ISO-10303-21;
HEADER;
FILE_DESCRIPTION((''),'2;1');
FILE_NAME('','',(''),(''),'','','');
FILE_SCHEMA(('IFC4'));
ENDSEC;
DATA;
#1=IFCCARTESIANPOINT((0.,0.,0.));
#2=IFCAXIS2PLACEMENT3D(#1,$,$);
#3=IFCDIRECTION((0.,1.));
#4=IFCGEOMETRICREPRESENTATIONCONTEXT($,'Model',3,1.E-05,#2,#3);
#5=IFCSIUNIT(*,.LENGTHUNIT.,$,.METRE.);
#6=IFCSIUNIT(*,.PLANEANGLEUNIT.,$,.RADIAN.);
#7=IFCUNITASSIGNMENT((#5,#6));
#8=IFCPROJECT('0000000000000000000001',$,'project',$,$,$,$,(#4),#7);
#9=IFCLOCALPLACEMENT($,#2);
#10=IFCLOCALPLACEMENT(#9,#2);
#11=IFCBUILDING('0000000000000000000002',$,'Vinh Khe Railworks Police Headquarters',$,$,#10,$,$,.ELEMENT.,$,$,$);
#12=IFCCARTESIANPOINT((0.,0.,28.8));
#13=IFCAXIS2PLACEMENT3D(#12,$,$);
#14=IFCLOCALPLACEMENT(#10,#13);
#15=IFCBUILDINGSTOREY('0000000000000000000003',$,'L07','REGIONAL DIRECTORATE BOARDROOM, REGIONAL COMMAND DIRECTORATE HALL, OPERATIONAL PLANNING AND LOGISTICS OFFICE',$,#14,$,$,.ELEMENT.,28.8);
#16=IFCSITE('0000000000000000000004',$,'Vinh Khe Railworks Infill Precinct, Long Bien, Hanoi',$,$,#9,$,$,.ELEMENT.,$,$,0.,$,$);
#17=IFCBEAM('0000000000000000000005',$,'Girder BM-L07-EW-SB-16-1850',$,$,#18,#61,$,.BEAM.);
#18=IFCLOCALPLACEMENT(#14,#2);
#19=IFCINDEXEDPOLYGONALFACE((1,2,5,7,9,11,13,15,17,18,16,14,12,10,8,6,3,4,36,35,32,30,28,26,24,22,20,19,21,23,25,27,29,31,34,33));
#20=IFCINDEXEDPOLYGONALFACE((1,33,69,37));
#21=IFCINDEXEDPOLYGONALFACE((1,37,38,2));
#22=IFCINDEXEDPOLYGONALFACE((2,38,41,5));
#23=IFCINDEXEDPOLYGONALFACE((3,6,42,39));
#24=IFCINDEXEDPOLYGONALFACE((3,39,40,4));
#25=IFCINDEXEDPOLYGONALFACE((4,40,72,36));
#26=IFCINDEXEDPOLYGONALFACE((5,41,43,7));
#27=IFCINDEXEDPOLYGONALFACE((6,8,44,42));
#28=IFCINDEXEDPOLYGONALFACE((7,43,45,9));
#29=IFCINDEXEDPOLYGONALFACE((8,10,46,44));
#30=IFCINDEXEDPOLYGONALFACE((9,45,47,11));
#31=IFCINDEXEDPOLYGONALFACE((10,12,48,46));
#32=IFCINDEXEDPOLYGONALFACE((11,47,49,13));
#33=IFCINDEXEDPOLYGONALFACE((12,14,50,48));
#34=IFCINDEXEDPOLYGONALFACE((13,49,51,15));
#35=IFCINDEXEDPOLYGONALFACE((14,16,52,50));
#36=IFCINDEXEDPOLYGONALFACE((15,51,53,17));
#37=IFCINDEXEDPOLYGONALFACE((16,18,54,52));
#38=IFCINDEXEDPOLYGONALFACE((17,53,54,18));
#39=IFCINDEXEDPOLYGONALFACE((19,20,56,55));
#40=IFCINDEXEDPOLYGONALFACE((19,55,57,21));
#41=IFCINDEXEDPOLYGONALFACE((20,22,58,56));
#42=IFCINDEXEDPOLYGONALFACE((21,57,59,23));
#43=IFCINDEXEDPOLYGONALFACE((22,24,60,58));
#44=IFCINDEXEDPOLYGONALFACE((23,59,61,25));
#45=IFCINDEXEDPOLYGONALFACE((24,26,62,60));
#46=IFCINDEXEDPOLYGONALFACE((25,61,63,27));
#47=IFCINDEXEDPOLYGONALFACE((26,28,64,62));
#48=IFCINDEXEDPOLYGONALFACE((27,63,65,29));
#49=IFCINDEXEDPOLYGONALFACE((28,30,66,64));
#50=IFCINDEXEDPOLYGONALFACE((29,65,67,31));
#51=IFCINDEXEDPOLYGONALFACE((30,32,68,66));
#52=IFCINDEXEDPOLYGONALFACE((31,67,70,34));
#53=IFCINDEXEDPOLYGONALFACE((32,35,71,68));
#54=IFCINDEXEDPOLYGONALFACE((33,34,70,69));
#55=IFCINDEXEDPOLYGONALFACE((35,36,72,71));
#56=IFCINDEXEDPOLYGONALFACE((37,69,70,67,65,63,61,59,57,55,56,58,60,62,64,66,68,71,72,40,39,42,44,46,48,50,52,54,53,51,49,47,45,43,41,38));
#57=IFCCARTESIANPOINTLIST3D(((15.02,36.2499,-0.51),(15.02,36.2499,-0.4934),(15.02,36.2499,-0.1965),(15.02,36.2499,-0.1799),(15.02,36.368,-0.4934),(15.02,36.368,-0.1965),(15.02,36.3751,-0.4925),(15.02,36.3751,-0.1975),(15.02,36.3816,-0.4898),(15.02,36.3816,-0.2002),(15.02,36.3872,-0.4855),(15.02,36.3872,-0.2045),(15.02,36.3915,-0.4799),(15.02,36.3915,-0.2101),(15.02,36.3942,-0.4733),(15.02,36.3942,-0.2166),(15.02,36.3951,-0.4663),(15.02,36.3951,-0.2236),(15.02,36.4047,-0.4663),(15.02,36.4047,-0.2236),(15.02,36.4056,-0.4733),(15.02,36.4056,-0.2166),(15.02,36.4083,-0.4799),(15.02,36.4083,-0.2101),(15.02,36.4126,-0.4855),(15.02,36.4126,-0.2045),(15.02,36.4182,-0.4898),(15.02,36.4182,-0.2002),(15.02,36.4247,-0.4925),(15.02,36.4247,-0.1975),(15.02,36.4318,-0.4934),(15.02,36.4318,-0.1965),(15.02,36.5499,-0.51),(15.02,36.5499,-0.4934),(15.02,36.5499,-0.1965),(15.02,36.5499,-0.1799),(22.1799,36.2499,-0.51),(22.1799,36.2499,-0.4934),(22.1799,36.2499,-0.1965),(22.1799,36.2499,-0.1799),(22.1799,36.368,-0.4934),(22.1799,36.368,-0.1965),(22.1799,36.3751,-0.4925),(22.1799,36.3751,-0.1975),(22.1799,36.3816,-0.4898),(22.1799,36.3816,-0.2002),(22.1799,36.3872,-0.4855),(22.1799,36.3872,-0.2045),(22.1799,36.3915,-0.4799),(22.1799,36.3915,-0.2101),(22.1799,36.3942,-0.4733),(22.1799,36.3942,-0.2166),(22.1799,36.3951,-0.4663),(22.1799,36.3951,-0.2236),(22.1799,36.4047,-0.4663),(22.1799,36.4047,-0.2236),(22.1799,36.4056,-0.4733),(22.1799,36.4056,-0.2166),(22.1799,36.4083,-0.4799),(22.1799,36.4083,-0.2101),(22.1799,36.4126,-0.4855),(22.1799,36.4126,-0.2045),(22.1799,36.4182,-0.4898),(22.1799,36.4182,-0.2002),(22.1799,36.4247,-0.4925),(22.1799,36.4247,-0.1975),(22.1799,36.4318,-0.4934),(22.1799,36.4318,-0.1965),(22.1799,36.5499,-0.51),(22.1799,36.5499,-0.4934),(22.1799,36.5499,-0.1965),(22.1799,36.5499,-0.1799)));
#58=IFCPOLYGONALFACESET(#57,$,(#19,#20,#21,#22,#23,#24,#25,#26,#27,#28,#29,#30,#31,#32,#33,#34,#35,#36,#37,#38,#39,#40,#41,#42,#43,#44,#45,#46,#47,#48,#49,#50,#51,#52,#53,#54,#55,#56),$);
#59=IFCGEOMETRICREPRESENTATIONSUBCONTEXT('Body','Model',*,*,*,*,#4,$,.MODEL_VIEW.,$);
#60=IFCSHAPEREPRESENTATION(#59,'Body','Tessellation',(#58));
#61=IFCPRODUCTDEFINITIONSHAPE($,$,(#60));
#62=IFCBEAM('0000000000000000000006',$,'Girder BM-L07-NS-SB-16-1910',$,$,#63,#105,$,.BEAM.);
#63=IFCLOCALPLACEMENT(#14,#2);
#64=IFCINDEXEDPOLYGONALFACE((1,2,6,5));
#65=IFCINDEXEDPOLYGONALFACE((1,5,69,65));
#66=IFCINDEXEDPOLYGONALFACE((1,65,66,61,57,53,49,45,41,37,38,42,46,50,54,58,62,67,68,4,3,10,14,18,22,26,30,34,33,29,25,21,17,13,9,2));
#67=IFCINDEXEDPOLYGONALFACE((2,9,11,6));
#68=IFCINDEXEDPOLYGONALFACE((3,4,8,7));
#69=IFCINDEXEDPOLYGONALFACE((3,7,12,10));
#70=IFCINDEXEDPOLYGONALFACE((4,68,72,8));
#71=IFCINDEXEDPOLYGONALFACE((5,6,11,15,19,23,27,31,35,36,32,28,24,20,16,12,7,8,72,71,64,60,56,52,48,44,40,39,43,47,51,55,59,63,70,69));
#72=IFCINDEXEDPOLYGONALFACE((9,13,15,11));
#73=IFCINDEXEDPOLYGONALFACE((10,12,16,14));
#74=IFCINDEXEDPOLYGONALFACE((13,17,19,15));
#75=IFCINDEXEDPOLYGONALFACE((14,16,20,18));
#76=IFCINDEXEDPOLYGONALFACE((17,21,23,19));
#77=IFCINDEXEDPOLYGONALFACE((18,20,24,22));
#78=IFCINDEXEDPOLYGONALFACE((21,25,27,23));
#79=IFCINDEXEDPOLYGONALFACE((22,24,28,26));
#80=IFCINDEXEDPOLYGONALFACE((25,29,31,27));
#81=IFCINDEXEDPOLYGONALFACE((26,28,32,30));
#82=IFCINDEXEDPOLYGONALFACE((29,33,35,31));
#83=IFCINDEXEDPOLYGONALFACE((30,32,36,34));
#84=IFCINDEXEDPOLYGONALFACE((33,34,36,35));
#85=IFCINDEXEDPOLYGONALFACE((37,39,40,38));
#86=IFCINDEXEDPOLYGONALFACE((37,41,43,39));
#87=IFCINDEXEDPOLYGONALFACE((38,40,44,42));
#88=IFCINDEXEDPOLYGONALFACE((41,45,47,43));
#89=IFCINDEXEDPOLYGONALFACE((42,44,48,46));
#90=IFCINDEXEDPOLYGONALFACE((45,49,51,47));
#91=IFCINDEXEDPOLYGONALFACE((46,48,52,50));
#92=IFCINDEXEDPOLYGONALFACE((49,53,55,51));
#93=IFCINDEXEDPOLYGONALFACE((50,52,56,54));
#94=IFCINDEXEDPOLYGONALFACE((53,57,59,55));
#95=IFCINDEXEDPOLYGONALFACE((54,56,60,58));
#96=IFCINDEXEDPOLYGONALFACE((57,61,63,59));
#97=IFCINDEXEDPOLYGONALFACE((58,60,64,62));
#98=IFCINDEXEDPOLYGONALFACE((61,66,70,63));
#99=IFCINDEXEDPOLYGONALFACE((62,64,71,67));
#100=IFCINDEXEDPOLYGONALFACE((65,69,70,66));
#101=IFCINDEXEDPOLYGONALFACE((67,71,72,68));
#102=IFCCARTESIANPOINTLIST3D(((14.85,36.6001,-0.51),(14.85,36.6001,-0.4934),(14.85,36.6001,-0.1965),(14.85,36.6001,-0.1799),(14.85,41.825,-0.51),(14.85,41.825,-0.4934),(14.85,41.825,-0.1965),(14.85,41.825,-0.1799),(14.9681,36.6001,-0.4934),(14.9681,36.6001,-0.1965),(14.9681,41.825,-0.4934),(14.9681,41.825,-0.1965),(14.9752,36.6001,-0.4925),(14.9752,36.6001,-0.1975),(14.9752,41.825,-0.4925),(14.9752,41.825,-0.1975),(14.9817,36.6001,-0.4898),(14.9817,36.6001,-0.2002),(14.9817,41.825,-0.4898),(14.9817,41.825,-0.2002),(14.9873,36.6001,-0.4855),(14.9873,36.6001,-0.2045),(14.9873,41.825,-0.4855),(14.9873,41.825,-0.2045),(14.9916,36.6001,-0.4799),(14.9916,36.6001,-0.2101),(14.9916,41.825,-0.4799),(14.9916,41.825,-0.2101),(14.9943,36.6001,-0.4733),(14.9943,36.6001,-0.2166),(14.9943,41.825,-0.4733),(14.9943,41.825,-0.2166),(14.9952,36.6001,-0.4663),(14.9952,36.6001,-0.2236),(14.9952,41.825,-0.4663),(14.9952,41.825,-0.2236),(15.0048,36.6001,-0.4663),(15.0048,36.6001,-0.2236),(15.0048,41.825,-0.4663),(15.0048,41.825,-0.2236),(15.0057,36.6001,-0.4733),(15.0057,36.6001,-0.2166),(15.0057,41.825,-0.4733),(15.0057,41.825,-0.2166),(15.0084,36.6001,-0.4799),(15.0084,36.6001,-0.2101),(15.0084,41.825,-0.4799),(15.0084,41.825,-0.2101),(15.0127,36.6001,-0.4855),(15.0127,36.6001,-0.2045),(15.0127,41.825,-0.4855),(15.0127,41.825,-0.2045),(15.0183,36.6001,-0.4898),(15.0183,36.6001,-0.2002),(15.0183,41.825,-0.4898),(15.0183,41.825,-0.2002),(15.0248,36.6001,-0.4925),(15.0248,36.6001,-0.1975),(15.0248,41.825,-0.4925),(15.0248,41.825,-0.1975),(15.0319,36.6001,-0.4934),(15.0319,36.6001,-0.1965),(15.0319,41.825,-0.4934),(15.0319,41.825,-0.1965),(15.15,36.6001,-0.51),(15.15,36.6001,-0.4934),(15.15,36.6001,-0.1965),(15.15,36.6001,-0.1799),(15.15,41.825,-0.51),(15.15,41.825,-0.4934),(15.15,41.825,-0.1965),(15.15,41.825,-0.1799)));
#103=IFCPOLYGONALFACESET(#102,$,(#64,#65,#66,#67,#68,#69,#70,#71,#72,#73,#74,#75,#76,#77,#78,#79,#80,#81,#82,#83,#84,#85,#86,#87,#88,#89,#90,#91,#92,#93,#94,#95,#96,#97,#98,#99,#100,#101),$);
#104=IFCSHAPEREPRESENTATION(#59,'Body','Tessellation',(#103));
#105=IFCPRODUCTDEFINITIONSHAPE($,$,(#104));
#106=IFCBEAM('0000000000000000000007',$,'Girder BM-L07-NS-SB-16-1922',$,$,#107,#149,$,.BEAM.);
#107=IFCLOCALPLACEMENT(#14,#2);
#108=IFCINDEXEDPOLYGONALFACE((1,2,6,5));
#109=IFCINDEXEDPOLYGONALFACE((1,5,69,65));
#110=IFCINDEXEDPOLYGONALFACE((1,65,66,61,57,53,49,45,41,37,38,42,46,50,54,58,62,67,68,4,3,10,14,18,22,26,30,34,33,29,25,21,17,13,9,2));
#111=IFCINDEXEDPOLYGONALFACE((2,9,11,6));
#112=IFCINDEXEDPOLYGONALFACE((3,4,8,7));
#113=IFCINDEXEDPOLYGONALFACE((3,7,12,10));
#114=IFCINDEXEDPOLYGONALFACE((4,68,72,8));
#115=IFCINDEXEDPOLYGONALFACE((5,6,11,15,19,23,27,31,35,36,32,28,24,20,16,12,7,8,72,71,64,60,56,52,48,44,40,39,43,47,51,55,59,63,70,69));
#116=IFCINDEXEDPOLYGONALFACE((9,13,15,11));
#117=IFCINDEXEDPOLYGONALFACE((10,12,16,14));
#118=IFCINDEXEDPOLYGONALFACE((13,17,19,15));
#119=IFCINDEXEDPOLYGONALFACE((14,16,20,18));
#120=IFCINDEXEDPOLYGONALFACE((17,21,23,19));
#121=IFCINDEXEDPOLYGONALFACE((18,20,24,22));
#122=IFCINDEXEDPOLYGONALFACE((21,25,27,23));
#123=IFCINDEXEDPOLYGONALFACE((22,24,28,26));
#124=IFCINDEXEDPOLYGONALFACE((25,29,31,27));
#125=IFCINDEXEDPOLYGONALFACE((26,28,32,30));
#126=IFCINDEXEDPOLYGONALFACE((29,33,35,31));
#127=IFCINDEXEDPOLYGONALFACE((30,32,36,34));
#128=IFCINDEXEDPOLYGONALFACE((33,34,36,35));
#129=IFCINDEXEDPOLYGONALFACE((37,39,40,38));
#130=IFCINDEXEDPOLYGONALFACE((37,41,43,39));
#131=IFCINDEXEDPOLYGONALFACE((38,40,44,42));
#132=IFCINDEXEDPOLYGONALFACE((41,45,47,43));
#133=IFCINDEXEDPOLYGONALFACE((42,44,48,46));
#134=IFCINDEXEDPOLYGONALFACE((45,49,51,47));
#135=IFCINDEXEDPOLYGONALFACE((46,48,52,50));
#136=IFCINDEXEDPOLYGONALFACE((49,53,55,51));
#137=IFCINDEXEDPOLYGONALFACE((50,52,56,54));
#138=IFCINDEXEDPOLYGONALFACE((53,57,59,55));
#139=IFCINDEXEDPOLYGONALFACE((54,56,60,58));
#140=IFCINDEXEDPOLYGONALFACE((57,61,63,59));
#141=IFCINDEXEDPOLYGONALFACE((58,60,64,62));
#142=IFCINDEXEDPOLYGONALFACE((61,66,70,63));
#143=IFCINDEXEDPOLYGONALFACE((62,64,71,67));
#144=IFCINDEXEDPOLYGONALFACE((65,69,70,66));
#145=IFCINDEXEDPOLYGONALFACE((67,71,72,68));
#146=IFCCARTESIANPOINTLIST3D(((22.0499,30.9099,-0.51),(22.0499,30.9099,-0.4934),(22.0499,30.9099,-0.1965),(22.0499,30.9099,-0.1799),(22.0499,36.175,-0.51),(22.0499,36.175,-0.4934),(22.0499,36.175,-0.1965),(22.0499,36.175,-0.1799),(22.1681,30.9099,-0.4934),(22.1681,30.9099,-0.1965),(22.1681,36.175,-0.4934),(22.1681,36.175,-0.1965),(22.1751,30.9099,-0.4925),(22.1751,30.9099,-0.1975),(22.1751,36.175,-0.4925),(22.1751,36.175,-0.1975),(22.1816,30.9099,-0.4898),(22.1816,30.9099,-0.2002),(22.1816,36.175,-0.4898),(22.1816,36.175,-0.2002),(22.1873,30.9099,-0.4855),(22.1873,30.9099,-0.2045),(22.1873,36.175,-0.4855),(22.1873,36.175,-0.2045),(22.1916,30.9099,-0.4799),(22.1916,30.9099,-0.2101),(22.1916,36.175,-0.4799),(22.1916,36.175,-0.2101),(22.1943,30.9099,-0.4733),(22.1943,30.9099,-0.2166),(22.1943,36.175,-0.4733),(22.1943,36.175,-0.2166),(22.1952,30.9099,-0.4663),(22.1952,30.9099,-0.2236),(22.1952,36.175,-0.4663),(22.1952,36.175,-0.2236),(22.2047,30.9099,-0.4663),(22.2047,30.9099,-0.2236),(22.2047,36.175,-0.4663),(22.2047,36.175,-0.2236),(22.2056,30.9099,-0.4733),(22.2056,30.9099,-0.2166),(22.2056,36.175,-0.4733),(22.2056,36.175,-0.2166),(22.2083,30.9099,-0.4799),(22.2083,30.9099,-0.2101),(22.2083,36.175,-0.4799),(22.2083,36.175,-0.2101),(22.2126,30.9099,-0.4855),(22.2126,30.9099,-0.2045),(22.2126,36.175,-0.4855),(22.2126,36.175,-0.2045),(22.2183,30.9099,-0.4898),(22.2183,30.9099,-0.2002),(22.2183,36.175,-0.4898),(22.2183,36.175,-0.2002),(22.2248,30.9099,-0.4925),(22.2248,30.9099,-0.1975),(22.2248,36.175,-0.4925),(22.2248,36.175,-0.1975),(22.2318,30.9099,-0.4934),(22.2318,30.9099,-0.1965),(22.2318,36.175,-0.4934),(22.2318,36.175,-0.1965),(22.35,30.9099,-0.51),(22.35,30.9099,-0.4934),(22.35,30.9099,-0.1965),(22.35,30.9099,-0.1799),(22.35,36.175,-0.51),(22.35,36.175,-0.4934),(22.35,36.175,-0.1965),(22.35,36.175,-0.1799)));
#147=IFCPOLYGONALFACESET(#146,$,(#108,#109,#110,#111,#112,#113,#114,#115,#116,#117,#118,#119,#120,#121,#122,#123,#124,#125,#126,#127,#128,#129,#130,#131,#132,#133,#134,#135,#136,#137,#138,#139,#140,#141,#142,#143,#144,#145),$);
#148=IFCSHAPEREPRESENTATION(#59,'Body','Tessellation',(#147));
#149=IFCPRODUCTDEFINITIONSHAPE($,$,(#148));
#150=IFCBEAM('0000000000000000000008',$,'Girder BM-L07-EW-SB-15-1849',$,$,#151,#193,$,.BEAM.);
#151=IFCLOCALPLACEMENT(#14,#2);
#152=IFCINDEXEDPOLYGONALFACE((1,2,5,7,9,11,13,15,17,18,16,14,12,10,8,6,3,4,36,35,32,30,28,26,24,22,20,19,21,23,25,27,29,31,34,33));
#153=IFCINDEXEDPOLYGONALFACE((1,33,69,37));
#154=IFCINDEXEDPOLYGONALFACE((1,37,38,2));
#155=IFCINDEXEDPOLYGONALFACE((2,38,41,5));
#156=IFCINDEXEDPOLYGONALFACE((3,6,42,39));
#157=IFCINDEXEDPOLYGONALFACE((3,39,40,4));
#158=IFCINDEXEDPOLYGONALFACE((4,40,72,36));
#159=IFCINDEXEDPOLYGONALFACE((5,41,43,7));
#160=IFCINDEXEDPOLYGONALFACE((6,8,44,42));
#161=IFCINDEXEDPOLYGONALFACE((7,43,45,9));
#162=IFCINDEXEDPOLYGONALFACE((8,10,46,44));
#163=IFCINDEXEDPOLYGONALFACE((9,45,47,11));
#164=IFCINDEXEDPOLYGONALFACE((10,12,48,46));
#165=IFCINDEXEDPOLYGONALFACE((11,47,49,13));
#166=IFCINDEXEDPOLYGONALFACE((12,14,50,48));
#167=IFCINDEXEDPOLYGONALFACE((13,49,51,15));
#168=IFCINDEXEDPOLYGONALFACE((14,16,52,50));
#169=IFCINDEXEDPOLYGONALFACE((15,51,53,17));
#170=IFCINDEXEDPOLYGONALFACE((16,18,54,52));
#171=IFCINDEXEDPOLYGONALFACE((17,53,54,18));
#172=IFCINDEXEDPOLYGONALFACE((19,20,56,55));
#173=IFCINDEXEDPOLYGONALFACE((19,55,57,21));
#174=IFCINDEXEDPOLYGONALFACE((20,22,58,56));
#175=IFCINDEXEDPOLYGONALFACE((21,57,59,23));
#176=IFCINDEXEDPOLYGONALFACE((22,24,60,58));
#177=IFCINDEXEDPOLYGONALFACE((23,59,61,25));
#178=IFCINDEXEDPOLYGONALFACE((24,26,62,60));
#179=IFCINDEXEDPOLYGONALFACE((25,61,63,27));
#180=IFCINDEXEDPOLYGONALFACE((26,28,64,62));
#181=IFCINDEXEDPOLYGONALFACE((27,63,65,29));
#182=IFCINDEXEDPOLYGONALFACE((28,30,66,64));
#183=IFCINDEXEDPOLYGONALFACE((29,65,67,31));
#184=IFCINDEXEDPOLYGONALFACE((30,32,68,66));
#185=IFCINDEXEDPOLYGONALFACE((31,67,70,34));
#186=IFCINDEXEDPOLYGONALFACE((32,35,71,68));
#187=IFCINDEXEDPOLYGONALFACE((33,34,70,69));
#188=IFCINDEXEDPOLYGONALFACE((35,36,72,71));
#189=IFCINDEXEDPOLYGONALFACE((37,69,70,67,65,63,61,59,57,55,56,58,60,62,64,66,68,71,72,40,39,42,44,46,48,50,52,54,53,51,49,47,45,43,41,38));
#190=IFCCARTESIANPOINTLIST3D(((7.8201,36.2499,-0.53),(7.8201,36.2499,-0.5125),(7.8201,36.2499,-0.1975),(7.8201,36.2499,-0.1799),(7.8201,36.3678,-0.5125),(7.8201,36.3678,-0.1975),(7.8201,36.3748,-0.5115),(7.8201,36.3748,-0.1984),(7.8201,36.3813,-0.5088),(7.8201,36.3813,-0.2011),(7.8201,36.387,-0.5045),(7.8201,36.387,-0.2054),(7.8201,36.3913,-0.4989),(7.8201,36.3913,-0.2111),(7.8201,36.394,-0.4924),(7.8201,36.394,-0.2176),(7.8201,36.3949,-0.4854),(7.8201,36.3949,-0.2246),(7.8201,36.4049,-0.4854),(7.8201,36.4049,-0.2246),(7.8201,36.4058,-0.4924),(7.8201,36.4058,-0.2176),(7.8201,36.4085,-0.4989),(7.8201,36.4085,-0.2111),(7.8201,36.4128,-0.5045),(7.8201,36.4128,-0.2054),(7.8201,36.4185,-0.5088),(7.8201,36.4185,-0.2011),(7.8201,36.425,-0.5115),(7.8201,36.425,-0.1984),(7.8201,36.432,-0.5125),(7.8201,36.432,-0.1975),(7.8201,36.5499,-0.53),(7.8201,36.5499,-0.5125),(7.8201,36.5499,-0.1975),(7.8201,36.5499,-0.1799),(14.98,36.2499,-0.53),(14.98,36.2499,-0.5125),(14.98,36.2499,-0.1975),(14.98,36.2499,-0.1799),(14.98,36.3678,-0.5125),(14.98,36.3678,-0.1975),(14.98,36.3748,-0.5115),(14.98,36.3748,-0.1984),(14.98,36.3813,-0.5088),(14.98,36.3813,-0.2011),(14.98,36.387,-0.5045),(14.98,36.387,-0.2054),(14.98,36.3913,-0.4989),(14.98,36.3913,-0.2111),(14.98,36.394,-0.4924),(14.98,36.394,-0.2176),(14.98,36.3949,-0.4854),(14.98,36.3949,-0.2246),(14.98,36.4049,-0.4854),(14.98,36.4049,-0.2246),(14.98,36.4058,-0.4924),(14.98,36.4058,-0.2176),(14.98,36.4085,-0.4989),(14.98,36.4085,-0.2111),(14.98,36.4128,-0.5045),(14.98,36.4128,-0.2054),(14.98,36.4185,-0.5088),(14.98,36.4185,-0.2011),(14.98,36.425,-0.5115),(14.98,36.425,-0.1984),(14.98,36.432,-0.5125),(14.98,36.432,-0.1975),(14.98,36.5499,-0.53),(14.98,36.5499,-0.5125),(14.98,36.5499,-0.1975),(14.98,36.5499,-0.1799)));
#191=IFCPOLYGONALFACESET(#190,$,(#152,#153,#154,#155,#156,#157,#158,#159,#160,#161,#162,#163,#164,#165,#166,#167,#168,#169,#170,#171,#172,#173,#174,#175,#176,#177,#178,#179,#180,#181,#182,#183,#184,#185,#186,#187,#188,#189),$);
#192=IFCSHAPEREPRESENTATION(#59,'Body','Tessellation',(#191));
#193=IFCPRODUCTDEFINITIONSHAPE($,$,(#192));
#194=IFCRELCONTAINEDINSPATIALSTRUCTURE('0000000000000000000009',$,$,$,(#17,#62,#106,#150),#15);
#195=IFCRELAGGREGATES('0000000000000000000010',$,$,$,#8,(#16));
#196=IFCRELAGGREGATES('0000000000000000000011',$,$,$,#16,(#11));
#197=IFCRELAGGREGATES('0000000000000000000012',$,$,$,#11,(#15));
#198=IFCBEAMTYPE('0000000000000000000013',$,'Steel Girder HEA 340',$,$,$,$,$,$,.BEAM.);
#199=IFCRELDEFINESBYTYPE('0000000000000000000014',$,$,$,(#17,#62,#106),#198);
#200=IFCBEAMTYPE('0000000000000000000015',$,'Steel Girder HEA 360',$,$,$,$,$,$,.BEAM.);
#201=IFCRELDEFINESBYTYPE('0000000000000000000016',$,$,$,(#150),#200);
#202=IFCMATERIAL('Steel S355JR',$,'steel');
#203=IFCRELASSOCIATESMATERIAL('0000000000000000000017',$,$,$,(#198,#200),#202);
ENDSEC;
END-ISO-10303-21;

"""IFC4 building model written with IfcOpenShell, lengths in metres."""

from ifc_helpers import new_model, si_unit, direction, frame, origin, origin_2d, place, context, subcontext, project, spatial, i_section, extrude, material, material_profile, profile_set, type_object, element, save


model = new_model("IFC4")

# Units and contexts
model_context = context("Model", 3, precision=1e-05, world=origin(), true_north=direction((0.0, 1.0)))
body_context = subcontext(model_context, "Body", "Model", "MODEL_VIEW")
ifc_project = project(units=[si_unit("LENGTHUNIT", "METRE"), si_unit("PLANEANGLEUNIT", "RADIAN")], contexts=[model_context])

# Site, building, storey
site_placement = place(None, origin())
site = spatial("IfcSite", under=ifc_project, at=site_placement, Name="Vinh Khe Railworks Infill Precinct, Long Bien, Hanoi", CompositionType="ELEMENT", RefElevation=0.0)
building_placement = place(site_placement, origin())
building = spatial("IfcBuilding", under=site, at=building_placement, Name="Vinh Khe Railworks Police Headquarters", CompositionType="ELEMENT")
storey_placement = place(building_placement, frame((0.0, 0.0, 28.8)))
storey = spatial("IfcBuildingStorey", under=building, at=storey_placement, Name="L07", Description="REGIONAL DIRECTORATE BOARDROOM, REGIONAL COMMAND DIRECTORATE HALL, OPERATIONAL PLANNING AND LOGISTICS OFFICE", CompositionType="ELEMENT", Elevation=28.8)

# Shared definitions
ifc_material_1 = material(Name="Steel S355JR", Category="steel")

# Beams
ifc_material_profile_1 = material_profile(ifc_material_1, i_section(OverallWidth=0.3, OverallDepth=0.3301, WebThickness=0.0095, FlangeThickness=0.0166, FilletRadius=0.0271, at=origin_2d()), Name="HEA 340")
ifc_profile_set_1 = profile_set([ifc_material_profile_1], Name="Steel S355JR")
beam_type_1 = type_object("IfcBeamType", Name="Steel Girder HEA 340", PredefinedType="BEAM", material=ifc_profile_set_1)
beam_1_placement = place(storey_placement, frame((15.02, 36.3999, -0.345), z_axis=(1.0, 0.0, 0.0), x_axis=(0.0, 1.0, 0.0)))
element("IfcBeam", 1, at=beam_1_placement, inside=storey, type_object=beam_type_1, Name="Girder BM-L07-EW-SB-16-1850", PredefinedType="BEAM", context=body_context, shape_type="SweptSolid", body=[
    extrude(i_section(OverallWidth=0.3, OverallDepth=0.3301, WebThickness=0.0095, FlangeThickness=0.0166, FilletRadius=0.0271, at=origin_2d()), origin(), (0.0, 0.0, 1.0), 7.1599),
])
beam_2_placement = place(storey_placement, frame((15.0, 36.6001, -0.345), z_axis=(0.0, 1.0, 0.0), x_axis=(-1.0, 0.0, 0.0)))
element("IfcBeam", 2, at=beam_2_placement, inside=storey, type_object=beam_type_1, Name="Girder BM-L07-NS-SB-16-1910", PredefinedType="BEAM", context=body_context, shape_type="SweptSolid", body=[
    extrude(i_section(OverallWidth=0.3, OverallDepth=0.3301, WebThickness=0.0095, FlangeThickness=0.0166, FilletRadius=0.0271, at=origin_2d()), origin(), (0.0, 0.0, 1.0), 5.2249),
])
beam_3_placement = place(storey_placement, frame((22.2, 30.9099, -0.345), z_axis=(0.0, 1.0, 0.0), x_axis=(-1.0, 0.0, 0.0)))
element("IfcBeam", 3, at=beam_3_placement, inside=storey, type_object=beam_type_1, Name="Girder BM-L07-NS-SB-16-1922", PredefinedType="BEAM", context=body_context, shape_type="SweptSolid", body=[
    extrude(i_section(OverallWidth=0.3, OverallDepth=0.3301, WebThickness=0.0095, FlangeThickness=0.0166, FilletRadius=0.0271, at=origin_2d()), origin(), (0.0, 0.0, 1.0), 5.2651),
])
ifc_material_profile_2 = material_profile(ifc_material_1, i_section(OverallWidth=0.3, OverallDepth=0.3501, WebThickness=0.01, FlangeThickness=0.0176, FilletRadius=0.0271, at=origin_2d()), Name="HEA 360")
ifc_profile_set_2 = profile_set([ifc_material_profile_2], Name="Steel S355JR")
beam_type_2 = type_object("IfcBeamType", Name="Steel Girder HEA 360", PredefinedType="BEAM", material=ifc_profile_set_2)
beam_4_placement = place(storey_placement, frame((7.8201, 36.3999, -0.355), z_axis=(1.0, 0.0, 0.0), x_axis=(0.0, 1.0, 0.0)))
element("IfcBeam", 4, at=beam_4_placement, inside=storey, type_object=beam_type_2, Name="Girder BM-L07-EW-SB-15-1849", PredefinedType="BEAM", context=body_context, shape_type="SweptSolid", body=[
    extrude(i_section(OverallWidth=0.3, OverallDepth=0.3501, WebThickness=0.01, FlangeThickness=0.0176, FilletRadius=0.0271, at=origin_2d()), origin(), (0.0, 0.0, 1.0), 7.1599),
])

save(model, "model.ifc")
